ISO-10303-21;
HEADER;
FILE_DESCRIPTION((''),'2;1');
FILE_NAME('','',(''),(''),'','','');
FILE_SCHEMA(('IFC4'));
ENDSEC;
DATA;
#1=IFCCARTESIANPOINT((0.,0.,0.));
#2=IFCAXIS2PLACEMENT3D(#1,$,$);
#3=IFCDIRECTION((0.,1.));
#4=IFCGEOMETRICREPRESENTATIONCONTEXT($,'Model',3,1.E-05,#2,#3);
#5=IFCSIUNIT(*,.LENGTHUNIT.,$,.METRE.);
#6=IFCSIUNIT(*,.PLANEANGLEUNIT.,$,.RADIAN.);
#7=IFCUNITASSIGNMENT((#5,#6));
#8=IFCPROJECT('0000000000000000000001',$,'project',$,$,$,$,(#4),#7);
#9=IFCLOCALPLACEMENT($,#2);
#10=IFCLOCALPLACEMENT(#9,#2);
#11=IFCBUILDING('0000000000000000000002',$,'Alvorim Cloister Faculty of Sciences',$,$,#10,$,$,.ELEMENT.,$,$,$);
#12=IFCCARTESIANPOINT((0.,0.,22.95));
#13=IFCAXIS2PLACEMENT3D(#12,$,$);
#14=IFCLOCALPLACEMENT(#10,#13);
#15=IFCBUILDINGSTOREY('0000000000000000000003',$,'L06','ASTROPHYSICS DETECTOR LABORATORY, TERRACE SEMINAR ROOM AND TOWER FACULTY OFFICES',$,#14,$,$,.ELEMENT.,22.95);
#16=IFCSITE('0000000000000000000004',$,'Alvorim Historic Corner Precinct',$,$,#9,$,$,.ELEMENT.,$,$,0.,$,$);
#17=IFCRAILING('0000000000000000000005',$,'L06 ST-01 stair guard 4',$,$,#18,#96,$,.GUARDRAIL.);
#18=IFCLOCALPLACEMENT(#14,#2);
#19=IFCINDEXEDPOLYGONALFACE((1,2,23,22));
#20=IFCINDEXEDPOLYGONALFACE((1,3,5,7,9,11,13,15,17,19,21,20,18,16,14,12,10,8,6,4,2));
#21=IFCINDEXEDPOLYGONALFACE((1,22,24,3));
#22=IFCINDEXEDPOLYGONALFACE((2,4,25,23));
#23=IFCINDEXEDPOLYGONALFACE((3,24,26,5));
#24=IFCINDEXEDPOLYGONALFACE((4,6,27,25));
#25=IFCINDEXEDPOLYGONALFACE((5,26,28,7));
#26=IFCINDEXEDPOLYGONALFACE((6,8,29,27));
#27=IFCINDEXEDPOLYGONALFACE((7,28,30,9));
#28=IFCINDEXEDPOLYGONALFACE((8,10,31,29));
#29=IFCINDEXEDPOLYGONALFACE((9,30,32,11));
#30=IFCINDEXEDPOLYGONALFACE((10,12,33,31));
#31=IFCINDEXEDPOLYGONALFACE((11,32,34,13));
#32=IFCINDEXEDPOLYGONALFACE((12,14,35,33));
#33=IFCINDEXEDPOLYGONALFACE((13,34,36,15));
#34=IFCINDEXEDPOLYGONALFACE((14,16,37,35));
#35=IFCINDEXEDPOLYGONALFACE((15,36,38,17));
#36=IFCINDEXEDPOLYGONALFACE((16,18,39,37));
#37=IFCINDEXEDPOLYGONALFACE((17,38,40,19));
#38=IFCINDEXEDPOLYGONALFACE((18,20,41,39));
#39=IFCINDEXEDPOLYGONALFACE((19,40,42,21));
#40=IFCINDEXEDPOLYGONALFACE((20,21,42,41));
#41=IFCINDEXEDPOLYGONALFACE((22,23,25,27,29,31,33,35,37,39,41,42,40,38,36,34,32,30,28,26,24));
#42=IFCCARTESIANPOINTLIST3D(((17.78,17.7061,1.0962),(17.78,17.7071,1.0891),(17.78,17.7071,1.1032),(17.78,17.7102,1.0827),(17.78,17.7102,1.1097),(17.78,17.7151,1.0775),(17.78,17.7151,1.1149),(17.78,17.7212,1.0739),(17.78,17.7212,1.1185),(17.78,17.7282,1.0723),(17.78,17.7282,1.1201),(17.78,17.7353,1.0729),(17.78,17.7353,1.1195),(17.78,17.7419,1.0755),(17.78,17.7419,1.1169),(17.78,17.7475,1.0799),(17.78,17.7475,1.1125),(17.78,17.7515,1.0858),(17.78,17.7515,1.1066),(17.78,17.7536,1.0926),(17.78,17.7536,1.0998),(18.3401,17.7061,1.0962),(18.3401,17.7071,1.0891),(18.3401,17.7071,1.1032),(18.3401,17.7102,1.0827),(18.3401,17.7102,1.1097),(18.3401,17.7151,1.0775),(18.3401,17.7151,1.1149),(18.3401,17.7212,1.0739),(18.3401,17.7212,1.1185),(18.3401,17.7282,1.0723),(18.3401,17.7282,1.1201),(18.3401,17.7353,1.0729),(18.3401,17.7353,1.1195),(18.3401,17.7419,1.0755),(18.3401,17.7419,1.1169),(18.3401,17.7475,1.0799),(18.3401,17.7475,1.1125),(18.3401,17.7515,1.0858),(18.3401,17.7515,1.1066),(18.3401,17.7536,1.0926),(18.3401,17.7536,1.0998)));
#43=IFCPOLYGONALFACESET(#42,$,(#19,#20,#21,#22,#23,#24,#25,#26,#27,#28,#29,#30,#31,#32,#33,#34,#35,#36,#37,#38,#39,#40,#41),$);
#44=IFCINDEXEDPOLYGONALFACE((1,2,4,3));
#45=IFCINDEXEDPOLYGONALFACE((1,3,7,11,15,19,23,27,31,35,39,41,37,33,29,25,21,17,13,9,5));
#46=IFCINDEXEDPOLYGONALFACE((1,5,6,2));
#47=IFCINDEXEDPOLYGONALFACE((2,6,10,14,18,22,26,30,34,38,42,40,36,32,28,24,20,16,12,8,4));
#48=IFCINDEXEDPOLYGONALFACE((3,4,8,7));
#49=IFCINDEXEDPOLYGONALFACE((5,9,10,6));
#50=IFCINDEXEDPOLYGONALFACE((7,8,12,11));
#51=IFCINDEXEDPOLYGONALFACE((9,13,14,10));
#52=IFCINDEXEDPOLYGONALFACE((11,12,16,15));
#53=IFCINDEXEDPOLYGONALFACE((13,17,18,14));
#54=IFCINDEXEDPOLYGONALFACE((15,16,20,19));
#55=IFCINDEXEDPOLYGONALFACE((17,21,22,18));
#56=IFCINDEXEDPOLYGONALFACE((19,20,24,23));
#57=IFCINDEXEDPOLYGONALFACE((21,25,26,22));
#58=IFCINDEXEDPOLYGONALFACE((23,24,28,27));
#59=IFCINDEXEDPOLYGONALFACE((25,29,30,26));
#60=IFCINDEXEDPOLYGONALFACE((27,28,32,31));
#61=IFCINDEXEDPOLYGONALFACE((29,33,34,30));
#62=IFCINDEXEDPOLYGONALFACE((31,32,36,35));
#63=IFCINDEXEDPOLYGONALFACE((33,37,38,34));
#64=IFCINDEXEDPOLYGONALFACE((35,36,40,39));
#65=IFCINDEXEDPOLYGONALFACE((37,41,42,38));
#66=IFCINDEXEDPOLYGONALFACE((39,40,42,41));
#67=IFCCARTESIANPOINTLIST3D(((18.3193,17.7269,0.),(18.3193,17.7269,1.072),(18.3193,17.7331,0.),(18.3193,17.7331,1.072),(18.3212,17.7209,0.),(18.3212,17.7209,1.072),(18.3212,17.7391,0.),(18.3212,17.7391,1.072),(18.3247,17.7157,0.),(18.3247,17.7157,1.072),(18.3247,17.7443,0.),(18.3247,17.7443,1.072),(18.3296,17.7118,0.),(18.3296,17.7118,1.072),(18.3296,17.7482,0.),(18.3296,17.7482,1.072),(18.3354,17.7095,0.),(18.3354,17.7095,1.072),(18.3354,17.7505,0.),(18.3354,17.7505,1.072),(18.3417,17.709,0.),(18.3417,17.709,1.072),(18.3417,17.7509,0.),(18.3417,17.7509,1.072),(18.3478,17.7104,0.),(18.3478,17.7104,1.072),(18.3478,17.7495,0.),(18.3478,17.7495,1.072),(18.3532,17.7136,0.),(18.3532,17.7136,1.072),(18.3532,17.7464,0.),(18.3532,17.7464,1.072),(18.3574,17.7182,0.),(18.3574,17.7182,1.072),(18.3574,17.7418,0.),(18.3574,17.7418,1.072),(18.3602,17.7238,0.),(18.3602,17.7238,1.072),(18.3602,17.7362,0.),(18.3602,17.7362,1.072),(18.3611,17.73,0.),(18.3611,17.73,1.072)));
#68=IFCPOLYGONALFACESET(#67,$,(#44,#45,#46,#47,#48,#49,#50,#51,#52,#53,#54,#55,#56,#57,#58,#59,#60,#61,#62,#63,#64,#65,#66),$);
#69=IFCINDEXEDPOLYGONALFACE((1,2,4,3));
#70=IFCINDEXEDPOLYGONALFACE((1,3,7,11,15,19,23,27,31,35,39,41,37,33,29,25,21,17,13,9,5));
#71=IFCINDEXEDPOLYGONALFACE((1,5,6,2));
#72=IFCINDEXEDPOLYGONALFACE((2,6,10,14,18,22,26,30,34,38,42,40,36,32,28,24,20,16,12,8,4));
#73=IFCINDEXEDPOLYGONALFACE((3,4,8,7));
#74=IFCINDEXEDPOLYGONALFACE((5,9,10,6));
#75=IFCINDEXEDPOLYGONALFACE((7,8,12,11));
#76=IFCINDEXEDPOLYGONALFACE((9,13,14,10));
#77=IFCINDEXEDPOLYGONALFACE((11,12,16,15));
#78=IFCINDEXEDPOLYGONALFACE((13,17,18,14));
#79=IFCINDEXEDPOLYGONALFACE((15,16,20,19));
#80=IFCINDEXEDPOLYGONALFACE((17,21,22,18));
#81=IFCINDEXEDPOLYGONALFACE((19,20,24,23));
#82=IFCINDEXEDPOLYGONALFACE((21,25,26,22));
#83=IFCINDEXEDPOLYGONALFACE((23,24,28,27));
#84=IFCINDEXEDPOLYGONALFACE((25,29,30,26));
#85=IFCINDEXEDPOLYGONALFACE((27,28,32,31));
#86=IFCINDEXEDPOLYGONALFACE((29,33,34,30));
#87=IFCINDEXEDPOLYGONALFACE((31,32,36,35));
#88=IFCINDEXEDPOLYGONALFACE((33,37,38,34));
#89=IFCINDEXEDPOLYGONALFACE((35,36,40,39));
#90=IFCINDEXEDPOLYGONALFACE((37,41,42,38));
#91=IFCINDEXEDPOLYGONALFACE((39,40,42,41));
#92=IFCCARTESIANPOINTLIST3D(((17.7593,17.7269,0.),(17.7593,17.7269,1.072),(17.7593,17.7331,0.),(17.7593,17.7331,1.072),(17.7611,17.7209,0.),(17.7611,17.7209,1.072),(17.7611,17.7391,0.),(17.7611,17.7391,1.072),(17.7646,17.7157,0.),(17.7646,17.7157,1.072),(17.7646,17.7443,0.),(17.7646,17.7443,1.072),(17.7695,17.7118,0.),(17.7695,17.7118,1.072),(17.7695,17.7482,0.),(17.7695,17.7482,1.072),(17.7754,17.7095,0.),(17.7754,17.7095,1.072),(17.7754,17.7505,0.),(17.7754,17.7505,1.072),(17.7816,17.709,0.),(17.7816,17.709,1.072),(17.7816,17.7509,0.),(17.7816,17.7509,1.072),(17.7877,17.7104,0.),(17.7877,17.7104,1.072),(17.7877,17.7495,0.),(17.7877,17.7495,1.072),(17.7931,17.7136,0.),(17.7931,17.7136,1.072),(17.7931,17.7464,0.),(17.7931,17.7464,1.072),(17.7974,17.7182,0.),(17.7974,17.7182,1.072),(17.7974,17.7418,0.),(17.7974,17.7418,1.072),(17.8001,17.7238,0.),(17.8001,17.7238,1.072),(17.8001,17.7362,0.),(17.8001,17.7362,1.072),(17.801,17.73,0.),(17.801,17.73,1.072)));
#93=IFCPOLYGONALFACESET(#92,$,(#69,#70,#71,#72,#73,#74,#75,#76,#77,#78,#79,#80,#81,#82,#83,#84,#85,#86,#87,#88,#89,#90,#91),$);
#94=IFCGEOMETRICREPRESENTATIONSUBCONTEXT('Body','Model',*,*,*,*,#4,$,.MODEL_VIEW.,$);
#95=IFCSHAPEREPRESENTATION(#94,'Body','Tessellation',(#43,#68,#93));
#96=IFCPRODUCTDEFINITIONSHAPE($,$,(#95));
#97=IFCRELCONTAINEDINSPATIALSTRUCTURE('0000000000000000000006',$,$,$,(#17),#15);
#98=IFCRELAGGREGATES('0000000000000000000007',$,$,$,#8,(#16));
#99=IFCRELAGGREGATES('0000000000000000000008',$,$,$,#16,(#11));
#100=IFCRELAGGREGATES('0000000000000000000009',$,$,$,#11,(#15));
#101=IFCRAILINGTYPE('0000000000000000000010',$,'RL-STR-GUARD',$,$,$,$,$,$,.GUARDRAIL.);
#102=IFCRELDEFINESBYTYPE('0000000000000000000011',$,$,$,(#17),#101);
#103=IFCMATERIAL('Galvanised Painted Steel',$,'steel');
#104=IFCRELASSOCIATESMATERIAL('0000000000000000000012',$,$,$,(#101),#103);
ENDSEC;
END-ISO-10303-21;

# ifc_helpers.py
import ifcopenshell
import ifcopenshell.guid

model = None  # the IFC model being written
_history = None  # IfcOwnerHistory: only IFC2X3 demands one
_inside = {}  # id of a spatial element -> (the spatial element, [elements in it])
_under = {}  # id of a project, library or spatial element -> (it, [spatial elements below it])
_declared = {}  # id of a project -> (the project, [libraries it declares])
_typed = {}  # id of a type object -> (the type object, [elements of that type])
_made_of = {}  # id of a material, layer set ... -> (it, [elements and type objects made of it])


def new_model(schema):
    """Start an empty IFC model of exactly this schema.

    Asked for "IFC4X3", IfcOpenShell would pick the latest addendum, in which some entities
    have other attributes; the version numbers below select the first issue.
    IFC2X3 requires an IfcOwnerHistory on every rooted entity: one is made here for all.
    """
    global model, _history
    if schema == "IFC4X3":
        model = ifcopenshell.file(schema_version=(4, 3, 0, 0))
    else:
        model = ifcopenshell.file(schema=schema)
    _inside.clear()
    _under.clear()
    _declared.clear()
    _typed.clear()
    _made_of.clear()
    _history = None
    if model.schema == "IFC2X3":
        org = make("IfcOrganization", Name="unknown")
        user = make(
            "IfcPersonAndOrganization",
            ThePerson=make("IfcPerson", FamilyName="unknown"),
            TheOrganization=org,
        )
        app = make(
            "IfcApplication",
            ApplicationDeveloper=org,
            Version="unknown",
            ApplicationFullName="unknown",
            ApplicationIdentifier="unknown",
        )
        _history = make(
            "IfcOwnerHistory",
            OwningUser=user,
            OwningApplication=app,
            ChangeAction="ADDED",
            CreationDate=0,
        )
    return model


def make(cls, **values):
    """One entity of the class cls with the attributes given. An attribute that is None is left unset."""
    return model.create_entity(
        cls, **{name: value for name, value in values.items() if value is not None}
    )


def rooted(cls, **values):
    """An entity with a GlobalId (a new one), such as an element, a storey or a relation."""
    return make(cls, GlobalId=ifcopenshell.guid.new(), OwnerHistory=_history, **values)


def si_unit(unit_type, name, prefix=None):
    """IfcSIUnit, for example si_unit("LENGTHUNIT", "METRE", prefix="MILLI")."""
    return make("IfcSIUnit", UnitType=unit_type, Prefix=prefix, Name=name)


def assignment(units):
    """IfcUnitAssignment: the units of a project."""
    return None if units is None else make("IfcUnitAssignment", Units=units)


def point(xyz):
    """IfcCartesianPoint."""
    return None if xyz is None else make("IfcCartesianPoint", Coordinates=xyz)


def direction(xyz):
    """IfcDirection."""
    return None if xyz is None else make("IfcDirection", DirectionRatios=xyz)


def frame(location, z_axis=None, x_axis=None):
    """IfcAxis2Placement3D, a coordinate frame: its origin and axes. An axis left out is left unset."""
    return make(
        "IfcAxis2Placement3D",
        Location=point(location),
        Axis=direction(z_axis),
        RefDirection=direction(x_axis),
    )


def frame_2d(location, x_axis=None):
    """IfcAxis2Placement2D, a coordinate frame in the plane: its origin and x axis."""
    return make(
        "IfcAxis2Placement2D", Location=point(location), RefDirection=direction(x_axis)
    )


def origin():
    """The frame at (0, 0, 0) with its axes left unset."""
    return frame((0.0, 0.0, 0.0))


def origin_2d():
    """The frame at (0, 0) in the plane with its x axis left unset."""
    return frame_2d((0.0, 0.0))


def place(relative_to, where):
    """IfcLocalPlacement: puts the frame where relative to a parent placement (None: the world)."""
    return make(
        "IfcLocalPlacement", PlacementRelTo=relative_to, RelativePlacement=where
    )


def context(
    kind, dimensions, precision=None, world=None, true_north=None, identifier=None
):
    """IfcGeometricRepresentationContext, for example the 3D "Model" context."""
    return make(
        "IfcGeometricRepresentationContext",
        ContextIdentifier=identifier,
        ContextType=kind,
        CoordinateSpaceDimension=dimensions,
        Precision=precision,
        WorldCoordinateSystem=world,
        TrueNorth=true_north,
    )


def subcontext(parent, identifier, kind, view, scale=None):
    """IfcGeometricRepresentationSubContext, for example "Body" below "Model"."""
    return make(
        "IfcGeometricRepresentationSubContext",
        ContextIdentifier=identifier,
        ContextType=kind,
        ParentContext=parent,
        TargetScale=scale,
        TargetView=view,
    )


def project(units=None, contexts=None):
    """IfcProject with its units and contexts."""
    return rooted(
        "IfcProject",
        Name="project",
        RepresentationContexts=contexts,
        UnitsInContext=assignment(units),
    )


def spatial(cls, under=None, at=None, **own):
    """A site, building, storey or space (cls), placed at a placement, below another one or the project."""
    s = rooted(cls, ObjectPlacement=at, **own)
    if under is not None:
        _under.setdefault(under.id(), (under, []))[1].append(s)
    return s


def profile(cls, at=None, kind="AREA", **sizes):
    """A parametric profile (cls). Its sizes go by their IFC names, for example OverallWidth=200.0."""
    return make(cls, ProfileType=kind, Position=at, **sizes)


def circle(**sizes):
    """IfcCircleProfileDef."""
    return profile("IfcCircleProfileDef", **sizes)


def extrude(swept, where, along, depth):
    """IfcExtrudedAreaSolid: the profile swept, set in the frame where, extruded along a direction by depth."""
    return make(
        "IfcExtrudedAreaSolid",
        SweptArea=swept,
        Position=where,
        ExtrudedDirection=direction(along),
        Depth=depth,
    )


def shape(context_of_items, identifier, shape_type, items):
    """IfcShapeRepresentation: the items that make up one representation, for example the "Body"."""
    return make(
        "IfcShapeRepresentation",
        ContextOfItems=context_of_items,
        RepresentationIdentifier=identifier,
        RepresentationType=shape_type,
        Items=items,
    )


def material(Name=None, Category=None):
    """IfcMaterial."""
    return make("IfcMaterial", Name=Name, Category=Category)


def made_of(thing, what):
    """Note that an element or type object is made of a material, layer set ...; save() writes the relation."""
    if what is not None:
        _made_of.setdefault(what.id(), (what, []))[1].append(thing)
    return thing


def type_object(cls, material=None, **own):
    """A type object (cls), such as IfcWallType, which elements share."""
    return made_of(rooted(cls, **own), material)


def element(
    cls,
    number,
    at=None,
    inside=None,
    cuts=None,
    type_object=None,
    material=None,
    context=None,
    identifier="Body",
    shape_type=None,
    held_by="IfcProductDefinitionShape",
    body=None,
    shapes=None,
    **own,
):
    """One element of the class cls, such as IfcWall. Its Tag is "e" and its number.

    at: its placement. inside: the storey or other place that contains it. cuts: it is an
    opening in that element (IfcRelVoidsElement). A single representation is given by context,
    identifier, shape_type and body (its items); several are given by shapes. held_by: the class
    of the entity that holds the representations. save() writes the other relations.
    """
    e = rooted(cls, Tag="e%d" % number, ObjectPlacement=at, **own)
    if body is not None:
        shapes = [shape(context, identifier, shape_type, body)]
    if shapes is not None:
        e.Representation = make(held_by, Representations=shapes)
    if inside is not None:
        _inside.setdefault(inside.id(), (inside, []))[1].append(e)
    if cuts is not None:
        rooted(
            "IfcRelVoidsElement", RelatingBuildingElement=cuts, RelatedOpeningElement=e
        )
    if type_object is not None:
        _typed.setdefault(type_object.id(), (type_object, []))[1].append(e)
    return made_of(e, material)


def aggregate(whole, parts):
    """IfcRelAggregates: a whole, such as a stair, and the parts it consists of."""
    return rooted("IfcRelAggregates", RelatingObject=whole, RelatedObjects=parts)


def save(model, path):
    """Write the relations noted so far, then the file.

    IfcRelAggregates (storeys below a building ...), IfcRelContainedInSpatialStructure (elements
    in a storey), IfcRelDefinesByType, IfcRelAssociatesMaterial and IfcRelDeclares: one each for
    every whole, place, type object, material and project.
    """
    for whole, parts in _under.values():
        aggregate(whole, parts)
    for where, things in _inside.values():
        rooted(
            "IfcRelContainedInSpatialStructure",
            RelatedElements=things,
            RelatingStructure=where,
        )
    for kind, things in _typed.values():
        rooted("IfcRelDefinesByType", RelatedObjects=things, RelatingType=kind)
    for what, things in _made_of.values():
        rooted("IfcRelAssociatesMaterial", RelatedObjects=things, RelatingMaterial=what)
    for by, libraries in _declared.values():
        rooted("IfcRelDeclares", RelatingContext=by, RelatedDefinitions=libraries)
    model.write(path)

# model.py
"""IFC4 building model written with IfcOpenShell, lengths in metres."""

from ifc_helpers import new_model, si_unit, direction, frame, origin, origin_2d, place, context, subcontext, project, spatial, circle, extrude, material, type_object, element, save


model = new_model("IFC4")

# Units and contexts
model_context = context("Model", 3, precision=1e-05, world=origin(), true_north=direction((0.0, 1.0)))
body_context = subcontext(model_context, "Body", "Model", "MODEL_VIEW")
ifc_project = project(units=[si_unit("LENGTHUNIT", "METRE"), si_unit("PLANEANGLEUNIT", "RADIAN")], contexts=[model_context])

# Site, building, storey
site_placement = place(None, origin())
site = spatial("IfcSite", under=ifc_project, at=site_placement, Name="Alvorim Historic Corner Precinct", CompositionType="ELEMENT", RefElevation=0.0)
building_placement = place(site_placement, origin())
building = spatial("IfcBuilding", under=site, at=building_placement, Name="Alvorim Cloister Faculty of Sciences", CompositionType="ELEMENT")
storey_placement = place(building_placement, frame((0.0, 0.0, 22.95)))
storey = spatial("IfcBuildingStorey", under=building, at=storey_placement, Name="L06", Description="ASTROPHYSICS DETECTOR LABORATORY, TERRACE SEMINAR ROOM AND TOWER FACULTY OFFICES", CompositionType="ELEMENT", Elevation=22.95)

# Railing
ifc_material_1 = material(Name="Galvanised Painted Steel", Category="steel")
railing_type_1 = type_object("IfcRailingType", Name="RL-STR-GUARD", PredefinedType="GUARDRAIL", material=ifc_material_1)
railing_1_placement = place(storey_placement, frame((18.3401, 17.73, 0.0)))
element("IfcRailing", 1, at=railing_1_placement, inside=storey, type_object=railing_type_1, Name="L06 ST-01 stair guard 4", PredefinedType="GUARDRAIL", context=body_context, shape_type="SweptSolid", body=[
    extrude(circle(Radius=0.0239, at=origin_2d()), frame((0.0, 0.0, 1.0962), z_axis=(-1.0, 0.0, 0.0), x_axis=(0.0, -1.0, 0.0)), (0.0, 0.0, 1.0), 0.5601),
    extrude(circle(Radius=0.021, at=origin_2d()), origin(), (0.0, 0.0, 1.0), 1.072),
    extrude(circle(Radius=0.021, at=origin_2d()), frame((-0.5601, 0.0, 0.0)), (0.0, 0.0, 1.0), 1.072),
])

save(model, "model.ifc")
